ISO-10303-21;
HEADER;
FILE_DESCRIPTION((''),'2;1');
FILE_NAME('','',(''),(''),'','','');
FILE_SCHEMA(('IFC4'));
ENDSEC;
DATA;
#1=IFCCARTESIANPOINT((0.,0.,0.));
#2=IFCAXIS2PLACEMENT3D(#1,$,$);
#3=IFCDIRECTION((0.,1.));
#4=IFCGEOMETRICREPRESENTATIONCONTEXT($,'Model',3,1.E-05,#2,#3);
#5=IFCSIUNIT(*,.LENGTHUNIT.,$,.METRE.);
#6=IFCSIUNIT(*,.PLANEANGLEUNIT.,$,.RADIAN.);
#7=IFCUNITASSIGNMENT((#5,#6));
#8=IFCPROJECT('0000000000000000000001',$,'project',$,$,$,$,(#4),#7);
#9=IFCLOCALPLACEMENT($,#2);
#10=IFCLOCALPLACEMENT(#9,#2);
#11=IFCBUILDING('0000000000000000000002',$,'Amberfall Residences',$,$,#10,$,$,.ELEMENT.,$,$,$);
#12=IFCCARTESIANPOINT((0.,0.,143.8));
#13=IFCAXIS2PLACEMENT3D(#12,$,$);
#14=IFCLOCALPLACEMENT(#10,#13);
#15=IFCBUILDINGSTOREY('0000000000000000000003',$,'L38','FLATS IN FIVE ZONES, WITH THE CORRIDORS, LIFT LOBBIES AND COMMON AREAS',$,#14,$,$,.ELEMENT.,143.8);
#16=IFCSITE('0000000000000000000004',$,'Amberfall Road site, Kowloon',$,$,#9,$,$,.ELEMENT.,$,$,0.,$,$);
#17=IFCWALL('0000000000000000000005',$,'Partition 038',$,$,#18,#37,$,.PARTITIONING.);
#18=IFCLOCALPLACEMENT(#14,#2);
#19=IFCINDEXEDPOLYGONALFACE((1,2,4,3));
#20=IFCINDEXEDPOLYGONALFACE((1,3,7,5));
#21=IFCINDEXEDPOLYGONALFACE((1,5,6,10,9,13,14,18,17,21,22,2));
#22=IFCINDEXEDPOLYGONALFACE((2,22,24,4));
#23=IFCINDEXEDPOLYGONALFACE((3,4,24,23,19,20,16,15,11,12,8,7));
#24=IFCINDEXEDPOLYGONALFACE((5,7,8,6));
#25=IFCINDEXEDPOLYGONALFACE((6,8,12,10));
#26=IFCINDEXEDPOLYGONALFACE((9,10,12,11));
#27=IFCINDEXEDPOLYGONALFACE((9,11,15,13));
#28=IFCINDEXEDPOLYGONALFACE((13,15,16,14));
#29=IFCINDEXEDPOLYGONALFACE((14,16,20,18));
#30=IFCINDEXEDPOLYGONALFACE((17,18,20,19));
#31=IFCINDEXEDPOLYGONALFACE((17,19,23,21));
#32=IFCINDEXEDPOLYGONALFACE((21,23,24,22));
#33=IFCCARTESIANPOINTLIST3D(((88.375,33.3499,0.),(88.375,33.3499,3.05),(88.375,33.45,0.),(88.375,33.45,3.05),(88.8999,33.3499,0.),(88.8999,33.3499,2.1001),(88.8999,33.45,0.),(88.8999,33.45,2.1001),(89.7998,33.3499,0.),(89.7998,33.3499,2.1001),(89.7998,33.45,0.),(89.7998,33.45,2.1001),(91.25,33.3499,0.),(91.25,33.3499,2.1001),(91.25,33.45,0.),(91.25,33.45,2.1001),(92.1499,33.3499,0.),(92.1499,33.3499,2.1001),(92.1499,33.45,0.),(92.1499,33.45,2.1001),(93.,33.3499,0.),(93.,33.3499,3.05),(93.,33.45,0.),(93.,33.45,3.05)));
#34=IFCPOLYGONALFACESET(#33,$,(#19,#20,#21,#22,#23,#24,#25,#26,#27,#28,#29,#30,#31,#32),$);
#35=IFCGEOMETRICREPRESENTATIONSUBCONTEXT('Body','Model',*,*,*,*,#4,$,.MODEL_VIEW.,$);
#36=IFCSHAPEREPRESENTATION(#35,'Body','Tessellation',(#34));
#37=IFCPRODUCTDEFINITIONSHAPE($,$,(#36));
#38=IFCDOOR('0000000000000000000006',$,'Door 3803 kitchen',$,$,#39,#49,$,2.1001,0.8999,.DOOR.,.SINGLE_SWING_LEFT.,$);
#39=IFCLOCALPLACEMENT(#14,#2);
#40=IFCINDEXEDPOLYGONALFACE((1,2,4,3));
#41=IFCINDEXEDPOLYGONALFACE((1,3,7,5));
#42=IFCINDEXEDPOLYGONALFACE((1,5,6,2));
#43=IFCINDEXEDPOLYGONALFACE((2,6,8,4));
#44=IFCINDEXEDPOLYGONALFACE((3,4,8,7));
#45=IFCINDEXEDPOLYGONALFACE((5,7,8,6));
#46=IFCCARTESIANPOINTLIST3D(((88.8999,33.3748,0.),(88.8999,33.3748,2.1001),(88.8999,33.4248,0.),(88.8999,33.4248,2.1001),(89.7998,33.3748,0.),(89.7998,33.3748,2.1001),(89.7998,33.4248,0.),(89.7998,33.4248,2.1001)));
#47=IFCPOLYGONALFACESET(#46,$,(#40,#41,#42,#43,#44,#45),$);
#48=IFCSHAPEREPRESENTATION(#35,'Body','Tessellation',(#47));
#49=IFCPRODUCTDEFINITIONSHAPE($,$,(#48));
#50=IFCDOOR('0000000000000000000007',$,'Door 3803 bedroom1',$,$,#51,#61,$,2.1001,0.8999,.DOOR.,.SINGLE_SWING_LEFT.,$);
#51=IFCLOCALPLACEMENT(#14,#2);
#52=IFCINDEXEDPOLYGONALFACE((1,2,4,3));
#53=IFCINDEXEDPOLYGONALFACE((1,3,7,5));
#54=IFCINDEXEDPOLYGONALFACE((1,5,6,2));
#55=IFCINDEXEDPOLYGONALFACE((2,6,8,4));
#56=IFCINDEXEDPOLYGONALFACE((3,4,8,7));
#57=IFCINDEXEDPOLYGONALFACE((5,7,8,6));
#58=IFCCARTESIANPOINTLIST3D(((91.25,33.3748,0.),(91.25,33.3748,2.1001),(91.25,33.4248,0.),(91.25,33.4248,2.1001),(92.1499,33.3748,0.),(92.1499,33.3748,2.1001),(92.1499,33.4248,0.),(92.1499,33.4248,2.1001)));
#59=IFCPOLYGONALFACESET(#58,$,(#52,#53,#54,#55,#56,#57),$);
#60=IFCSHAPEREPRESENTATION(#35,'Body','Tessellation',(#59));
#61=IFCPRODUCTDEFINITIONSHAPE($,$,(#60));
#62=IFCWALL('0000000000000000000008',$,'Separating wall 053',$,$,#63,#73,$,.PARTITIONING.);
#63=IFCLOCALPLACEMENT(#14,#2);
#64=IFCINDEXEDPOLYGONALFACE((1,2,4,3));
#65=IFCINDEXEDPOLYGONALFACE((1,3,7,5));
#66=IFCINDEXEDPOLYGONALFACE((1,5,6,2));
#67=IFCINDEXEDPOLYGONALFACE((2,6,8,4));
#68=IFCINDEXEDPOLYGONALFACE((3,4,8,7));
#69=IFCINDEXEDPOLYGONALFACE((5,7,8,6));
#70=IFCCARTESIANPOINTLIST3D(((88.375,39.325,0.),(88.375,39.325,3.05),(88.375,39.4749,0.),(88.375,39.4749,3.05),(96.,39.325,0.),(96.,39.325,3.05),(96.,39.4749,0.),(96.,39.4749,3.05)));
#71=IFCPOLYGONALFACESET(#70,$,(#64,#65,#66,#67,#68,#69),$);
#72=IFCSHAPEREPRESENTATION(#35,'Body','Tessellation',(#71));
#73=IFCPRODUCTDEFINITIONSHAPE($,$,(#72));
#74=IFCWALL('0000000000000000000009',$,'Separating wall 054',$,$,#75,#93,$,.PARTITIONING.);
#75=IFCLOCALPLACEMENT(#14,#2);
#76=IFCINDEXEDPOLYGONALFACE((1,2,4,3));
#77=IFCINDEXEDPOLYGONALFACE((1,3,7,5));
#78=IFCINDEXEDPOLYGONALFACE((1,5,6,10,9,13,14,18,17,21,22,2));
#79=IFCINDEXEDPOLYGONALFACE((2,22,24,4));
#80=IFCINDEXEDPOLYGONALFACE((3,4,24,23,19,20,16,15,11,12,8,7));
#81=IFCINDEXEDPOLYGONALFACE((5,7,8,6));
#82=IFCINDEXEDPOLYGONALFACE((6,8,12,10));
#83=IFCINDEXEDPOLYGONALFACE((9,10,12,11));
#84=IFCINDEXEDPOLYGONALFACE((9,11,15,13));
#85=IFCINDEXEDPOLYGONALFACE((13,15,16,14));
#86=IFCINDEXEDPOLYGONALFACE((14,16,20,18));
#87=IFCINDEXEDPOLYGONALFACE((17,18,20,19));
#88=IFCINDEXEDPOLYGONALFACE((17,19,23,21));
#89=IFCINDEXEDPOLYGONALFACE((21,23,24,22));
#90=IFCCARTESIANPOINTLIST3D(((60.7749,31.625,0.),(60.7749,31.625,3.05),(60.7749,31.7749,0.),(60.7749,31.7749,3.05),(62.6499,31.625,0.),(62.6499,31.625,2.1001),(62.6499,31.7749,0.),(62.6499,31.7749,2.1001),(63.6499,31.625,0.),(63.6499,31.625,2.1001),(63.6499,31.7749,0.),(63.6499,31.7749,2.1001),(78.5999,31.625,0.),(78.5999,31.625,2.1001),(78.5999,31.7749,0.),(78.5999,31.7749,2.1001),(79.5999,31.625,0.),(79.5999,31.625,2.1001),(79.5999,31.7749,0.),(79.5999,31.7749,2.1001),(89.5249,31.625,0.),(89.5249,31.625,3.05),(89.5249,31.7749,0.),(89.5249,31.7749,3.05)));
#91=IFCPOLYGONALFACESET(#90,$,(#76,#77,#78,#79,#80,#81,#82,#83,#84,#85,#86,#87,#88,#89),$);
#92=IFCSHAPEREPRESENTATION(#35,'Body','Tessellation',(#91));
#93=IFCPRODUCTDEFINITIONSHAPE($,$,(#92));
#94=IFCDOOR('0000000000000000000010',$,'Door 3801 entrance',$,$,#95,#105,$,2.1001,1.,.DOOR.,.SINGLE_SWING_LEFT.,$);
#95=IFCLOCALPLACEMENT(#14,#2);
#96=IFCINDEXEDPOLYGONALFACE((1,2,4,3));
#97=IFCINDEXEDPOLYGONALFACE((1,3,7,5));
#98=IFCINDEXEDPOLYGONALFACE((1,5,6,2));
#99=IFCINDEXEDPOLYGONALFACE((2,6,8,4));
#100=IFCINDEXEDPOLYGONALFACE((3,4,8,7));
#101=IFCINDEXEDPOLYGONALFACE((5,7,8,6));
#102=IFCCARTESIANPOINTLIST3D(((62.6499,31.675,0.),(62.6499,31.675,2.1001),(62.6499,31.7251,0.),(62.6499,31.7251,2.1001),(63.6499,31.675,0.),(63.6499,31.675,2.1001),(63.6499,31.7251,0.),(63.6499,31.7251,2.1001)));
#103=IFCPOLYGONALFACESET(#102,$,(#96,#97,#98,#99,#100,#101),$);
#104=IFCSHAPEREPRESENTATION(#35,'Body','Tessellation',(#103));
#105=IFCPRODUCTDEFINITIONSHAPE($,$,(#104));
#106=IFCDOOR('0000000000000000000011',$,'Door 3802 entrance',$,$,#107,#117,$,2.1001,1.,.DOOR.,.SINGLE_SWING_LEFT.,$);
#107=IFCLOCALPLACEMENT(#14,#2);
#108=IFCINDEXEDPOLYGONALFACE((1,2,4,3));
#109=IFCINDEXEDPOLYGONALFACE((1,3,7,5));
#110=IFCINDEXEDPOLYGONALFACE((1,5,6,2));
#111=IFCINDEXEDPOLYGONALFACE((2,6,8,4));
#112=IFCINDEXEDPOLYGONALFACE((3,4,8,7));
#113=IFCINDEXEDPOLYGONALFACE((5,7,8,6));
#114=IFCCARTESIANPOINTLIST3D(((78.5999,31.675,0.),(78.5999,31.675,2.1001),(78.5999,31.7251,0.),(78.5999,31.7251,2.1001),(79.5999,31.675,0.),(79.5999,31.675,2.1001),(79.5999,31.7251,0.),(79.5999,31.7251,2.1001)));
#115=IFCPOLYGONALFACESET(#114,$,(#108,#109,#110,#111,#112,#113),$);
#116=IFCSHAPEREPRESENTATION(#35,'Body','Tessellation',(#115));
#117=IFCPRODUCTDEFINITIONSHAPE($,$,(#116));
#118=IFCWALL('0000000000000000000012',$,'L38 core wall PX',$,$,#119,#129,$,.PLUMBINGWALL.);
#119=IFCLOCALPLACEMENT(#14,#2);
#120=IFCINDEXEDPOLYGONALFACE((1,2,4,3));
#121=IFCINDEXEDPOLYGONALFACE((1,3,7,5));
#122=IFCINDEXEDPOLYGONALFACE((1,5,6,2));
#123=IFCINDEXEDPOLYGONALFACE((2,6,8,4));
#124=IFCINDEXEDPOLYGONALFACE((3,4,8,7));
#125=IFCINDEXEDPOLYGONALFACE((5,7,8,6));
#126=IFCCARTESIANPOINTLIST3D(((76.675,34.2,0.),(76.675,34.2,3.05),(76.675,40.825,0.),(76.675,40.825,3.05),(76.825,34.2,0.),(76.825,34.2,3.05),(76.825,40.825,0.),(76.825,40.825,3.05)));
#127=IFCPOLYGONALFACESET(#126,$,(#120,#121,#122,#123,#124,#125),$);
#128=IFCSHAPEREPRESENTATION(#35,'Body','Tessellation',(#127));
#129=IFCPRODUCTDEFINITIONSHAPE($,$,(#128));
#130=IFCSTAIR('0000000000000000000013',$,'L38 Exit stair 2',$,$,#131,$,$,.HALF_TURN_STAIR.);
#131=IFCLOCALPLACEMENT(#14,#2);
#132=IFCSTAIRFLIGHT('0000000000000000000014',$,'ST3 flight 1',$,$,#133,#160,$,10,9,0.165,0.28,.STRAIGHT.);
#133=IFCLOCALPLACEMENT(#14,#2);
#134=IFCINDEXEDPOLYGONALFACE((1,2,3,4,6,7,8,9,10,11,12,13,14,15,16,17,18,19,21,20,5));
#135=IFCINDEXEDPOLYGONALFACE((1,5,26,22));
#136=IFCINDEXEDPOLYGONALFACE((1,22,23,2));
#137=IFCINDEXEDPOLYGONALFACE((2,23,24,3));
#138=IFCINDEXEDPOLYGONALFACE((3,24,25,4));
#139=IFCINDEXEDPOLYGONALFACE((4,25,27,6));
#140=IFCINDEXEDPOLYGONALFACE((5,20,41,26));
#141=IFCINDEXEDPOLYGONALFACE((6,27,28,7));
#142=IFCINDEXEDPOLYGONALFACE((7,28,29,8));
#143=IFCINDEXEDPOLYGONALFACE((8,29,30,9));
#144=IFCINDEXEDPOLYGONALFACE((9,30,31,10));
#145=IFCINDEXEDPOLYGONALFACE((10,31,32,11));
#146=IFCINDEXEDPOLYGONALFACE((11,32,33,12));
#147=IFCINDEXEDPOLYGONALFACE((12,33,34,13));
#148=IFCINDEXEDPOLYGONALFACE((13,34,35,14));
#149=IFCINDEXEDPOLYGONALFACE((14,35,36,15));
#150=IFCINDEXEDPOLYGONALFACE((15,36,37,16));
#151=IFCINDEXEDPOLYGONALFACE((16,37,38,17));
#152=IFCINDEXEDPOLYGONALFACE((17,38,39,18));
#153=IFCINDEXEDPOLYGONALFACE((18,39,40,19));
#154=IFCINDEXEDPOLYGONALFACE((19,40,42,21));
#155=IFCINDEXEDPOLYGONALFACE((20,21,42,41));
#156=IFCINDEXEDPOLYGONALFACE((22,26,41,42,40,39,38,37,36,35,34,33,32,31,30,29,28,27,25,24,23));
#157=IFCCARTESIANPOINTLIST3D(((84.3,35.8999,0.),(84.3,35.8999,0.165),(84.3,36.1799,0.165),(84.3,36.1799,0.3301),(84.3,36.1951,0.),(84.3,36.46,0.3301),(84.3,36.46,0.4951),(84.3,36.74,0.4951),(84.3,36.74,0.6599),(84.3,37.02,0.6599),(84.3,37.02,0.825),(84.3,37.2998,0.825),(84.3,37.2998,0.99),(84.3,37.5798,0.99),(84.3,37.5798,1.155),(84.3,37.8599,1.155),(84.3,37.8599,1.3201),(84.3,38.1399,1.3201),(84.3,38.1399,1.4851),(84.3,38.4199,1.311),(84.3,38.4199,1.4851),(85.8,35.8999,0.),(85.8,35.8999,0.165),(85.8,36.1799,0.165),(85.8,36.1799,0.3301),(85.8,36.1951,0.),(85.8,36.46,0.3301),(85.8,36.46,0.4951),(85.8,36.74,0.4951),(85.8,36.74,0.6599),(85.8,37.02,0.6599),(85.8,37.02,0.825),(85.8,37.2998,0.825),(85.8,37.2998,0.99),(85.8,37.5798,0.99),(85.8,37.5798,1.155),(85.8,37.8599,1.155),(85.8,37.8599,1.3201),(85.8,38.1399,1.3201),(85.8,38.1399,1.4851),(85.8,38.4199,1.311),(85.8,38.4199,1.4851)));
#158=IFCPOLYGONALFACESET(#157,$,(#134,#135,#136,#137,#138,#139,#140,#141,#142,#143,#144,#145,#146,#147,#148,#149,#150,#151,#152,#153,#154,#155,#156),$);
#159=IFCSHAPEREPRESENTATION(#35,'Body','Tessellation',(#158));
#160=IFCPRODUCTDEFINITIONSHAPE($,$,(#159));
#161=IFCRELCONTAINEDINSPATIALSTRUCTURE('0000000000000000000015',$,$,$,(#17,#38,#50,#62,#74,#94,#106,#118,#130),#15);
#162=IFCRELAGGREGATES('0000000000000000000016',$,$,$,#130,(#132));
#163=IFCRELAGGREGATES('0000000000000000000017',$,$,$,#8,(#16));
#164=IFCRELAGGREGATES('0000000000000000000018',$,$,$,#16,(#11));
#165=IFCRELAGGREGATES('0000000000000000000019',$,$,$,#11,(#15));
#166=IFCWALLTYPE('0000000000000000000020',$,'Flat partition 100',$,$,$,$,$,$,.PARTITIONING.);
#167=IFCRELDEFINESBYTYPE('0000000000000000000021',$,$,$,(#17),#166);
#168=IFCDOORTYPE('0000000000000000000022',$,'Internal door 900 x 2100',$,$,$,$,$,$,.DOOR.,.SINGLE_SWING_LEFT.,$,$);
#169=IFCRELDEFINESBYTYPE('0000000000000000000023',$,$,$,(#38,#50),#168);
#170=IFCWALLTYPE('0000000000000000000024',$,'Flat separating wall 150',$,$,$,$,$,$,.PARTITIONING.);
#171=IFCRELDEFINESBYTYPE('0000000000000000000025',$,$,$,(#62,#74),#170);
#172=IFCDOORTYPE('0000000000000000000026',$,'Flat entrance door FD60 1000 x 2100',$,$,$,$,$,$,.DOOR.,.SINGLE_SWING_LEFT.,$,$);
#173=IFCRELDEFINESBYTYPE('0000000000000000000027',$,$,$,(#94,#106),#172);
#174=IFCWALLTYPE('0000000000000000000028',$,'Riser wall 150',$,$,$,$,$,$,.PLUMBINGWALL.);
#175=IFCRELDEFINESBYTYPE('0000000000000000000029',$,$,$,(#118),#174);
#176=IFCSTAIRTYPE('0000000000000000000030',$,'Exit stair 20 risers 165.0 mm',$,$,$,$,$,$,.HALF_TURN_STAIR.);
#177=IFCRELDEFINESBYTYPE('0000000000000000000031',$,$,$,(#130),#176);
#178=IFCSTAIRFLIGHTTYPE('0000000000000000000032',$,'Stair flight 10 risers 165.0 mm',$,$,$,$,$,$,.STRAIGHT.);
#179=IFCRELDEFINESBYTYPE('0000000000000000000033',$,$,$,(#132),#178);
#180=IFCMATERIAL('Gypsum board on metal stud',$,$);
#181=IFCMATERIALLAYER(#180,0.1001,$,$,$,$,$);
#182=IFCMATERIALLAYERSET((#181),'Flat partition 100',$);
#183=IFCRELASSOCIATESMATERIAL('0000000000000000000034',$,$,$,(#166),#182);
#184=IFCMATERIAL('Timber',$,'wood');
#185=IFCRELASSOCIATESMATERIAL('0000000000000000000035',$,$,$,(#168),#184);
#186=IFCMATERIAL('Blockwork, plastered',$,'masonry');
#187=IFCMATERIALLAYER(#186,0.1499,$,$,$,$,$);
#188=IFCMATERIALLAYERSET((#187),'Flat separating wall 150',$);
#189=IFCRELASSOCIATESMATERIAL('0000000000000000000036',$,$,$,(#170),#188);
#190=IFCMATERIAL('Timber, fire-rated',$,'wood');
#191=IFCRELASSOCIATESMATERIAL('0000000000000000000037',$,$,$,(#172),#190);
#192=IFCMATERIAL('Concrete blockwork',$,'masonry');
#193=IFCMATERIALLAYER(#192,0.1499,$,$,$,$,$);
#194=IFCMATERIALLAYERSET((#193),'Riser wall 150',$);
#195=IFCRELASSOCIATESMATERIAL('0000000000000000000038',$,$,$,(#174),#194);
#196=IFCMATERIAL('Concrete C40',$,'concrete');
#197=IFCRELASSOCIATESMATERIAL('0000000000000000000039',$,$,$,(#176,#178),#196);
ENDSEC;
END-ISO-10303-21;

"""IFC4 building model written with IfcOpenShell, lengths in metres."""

from ifc_helpers import new_model, si_unit, direction, frame, frame_2d, origin, place, context, subcontext, project, spatial, polyline, rectangle, outline, extrude, material, layer, layer_set, type_object, element, fill, aggregate, save


model = new_model("IFC4")

# Units and contexts
model_context = context("Model", 3, precision=1e-05, world=origin(), true_north=direction((0.0, 1.0)))
body_context = subcontext(model_context, "Body", "Model", "MODEL_VIEW")
ifc_project = project(units=[si_unit("LENGTHUNIT", "METRE"), si_unit("PLANEANGLEUNIT", "RADIAN")], contexts=[model_context])

# Site, building, storey
site_placement = place(None, origin())
site = spatial("IfcSite", under=ifc_project, at=site_placement, Name="Amberfall Road site, Kowloon", CompositionType="ELEMENT", RefElevation=0.0)
building_placement = place(site_placement, origin())
building = spatial("IfcBuilding", under=site, at=building_placement, Name="Amberfall Residences", CompositionType="ELEMENT")
storey_placement = place(building_placement, frame((0.0, 0.0, 143.8)))
storey = spatial("IfcBuildingStorey", under=building, at=storey_placement, Name="L38", Description="FLATS IN FIVE ZONES, WITH THE CORRIDORS, LIFT LOBBIES AND COMMON AREAS", CompositionType="ELEMENT", Elevation=143.8)

# Shared definitions
ifc_material_1 = material(Name="Gypsum board on metal stud")
ifc_layer_1 = layer(ifc_material_1, 0.1001)
ifc_layer_set_1 = layer_set([ifc_layer_1], Name="Flat partition 100")
wall_type_1 = type_object("IfcWallType", Name="Flat partition 100", PredefinedType="PARTITIONING", material=ifc_layer_set_1)
ifc_material_2 = material(Name="Timber", Category="wood")
door_type_1 = type_object("IfcDoorType", Name="Internal door 900 x 2100", OperationType="SINGLE_SWING_LEFT", PredefinedType="DOOR", material=ifc_material_2)

# Wall, openings, doors
wall_1_placement = place(storey_placement, frame((88.375, 33.3999, 0.0), z_axis=(0.0, 0.0, 1.0), x_axis=(1.0, 0.0, 0.0)))
wall_1 = element("IfcWall", 1, at=wall_1_placement, inside=storey, type_object=wall_type_1, Name="Partition 038", PredefinedType="PARTITIONING", context=body_context, shape_type="SweptSolid", body=[
    extrude(rectangle(XDim=4.625, YDim=0.1001, at=frame_2d((2.3125, 0.0))), origin(), (0.0, 0.0, 1.0), 3.05),
])
opening_1_placement = place(wall_1_placement, frame((0.5249, 0.0, 0.0)))
opening_1 = element("IfcOpeningElement", 2, at=opening_1_placement, cuts=wall_1, PredefinedType="OPENING", context=body_context, shape_type="SweptSolid", body=[
    extrude(rectangle(XDim=0.8999, YDim=2.1001, at=frame_2d((0.45, 1.05))), frame((0.0, 0.0601, 0.0), z_axis=(0.0, -1.0, 0.0), x_axis=(1.0, 0.0, 0.0)), (0.0, 0.0, 1.0), 0.1201),
])
opening_2_placement = place(wall_1_placement, frame((2.875, 0.0, 0.0)))
opening_2 = element("IfcOpeningElement", 3, at=opening_2_placement, cuts=wall_1, PredefinedType="OPENING", context=body_context, shape_type="SweptSolid", body=[
    extrude(rectangle(XDim=0.8999, YDim=2.1001, at=frame_2d((0.45, 1.05))), frame((0.0, 0.0601, 0.0), z_axis=(0.0, -1.0, 0.0), x_axis=(1.0, 0.0, 0.0)), (0.0, 0.0, 1.0), 0.1201),
])
door_1_placement = place(opening_1_placement, origin())
door_1 = element("IfcDoor", 4, at=door_1_placement, inside=storey, type_object=door_type_1, Name="Door 3803 kitchen", OperationType="SINGLE_SWING_LEFT", OverallHeight=2.1001, OverallWidth=0.8999, PredefinedType="DOOR", context=body_context, shape_type="SweptSolid", body=[
    extrude(rectangle(XDim=0.8999, YDim=2.1001, at=frame_2d((0.45, 1.05))), frame((0.0, 0.0249, 0.0), z_axis=(0.0, -1.0, 0.0), x_axis=(1.0, 0.0, 0.0)), (0.0, 0.0, 1.0), 0.05),
])
fill(opening_1, door_1)
door_2_placement = place(opening_2_placement, origin())
door_2 = element("IfcDoor", 5, at=door_2_placement, inside=storey, type_object=door_type_1, Name="Door 3803 bedroom1", OperationType="SINGLE_SWING_LEFT", OverallHeight=2.1001, OverallWidth=0.8999, PredefinedType="DOOR", context=body_context, shape_type="SweptSolid", body=[
    extrude(rectangle(XDim=0.8999, YDim=2.1001, at=frame_2d((0.45, 1.05))), frame((0.0, 0.0249, 0.0), z_axis=(0.0, -1.0, 0.0), x_axis=(1.0, 0.0, 0.0)), (0.0, 0.0, 1.0), 0.05),
])
fill(opening_2, door_2)

# Wall
ifc_material_3 = material(Name="Blockwork, plastered", Category="masonry")
ifc_layer_2 = layer(ifc_material_3, 0.1499)
ifc_layer_set_2 = layer_set([ifc_layer_2], Name="Flat separating wall 150")
wall_type_2 = type_object("IfcWallType", Name="Flat separating wall 150", PredefinedType="PARTITIONING", material=ifc_layer_set_2)
wall_2_placement = place(storey_placement, frame((88.375, 39.3999, 0.0), z_axis=(0.0, 0.0, 1.0), x_axis=(1.0, 0.0, 0.0)))
element("IfcWall", 6, at=wall_2_placement, inside=storey, type_object=wall_type_2, Name="Separating wall 053", PredefinedType="PARTITIONING", context=body_context, shape_type="SweptSolid", body=[
    extrude(rectangle(XDim=7.625, YDim=0.1499, at=frame_2d((3.8125, 0.0))), origin(), (0.0, 0.0, 1.0), 3.05),
])

# Wall, openings, doors
wall_3_placement = place(storey_placement, frame((89.5249, 31.7, 0.0), z_axis=(0.0, 0.0, 1.0), x_axis=(-1.0, 0.0, 0.0)))
wall_3 = element("IfcWall", 7, at=wall_3_placement, inside=storey, type_object=wall_type_2, Name="Separating wall 054", PredefinedType="PARTITIONING", context=body_context, shape_type="SweptSolid", body=[
    extrude(rectangle(XDim=28.75, YDim=0.1499, at=frame_2d((14.375, 0.0))), origin(), (0.0, 0.0, 1.0), 3.05),
])
opening_3_placement = place(wall_3_placement, frame((25.875, 0.0, 0.0)))
opening_3 = element("IfcOpeningElement", 8, at=opening_3_placement, cuts=wall_3, PredefinedType="OPENING", context=body_context, shape_type="SweptSolid", body=[
    extrude(rectangle(XDim=1.0, YDim=2.1001, at=frame_2d((0.5, 1.05))), frame((0.0, 0.085, 0.0), z_axis=(0.0, -1.0, 0.0), x_axis=(1.0, 0.0, 0.0)), (0.0, 0.0, 1.0), 0.1699),
])
opening_4_placement = place(wall_3_placement, frame((9.925, 0.0, 0.0)))
opening_4 = element("IfcOpeningElement", 9, at=opening_4_placement, cuts=wall_3, PredefinedType="OPENING", context=body_context, shape_type="SweptSolid", body=[
    extrude(rectangle(XDim=1.0, YDim=2.1001, at=frame_2d((0.5, 1.05))), frame((0.0, 0.085, 0.0), z_axis=(0.0, -1.0, 0.0), x_axis=(1.0, 0.0, 0.0)), (0.0, 0.0, 1.0), 0.1699),
])
ifc_material_4 = material(Name="Timber, fire-rated", Category="wood")
door_type_2 = type_object("IfcDoorType", Name="Flat entrance door FD60 1000 x 2100", OperationType="SINGLE_SWING_LEFT", PredefinedType="DOOR", material=ifc_material_4)
door_3_placement = place(opening_3_placement, origin())
door_3 = element("IfcDoor", 10, at=door_3_placement, inside=storey, type_object=door_type_2, Name="Door 3801 entrance", OperationType="SINGLE_SWING_LEFT", OverallHeight=2.1001, OverallWidth=1.0, PredefinedType="DOOR", context=body_context, shape_type="SweptSolid", body=[
    extrude(rectangle(XDim=1.0, YDim=2.1001, at=frame_2d((0.5, 1.05))), frame((0.0, 0.0249, 0.0), z_axis=(0.0, -1.0, 0.0), x_axis=(1.0, 0.0, 0.0)), (0.0, 0.0, 1.0), 0.05),
])
fill(opening_3, door_3)
door_4_placement = place(opening_4_placement, origin())
door_4 = element("IfcDoor", 11, at=door_4_placement, inside=storey, type_object=door_type_2, Name="Door 3802 entrance", OperationType="SINGLE_SWING_LEFT", OverallHeight=2.1001, OverallWidth=1.0, PredefinedType="DOOR", context=body_context, shape_type="SweptSolid", body=[
    extrude(rectangle(XDim=1.0, YDim=2.1001, at=frame_2d((0.5, 1.05))), frame((0.0, 0.0249, 0.0), z_axis=(0.0, -1.0, 0.0), x_axis=(1.0, 0.0, 0.0)), (0.0, 0.0, 1.0), 0.05),
])
fill(opening_4, door_4)

# Wall
ifc_material_5 = material(Name="Concrete blockwork", Category="masonry")
ifc_layer_3 = layer(ifc_material_5, 0.1499)
ifc_layer_set_3 = layer_set([ifc_layer_3], Name="Riser wall 150")
wall_type_3 = type_object("IfcWallType", Name="Riser wall 150", PredefinedType="PLUMBINGWALL", material=ifc_layer_set_3)
wall_4_placement = place(storey_placement, frame((76.75, 34.2, 0.0), z_axis=(0.0, 0.0, 1.0), x_axis=(0.0, 1.0, 0.0)))
element("IfcWall", 12, at=wall_4_placement, inside=storey, type_object=wall_type_3, Name="L38 core wall PX", PredefinedType="PLUMBINGWALL", context=body_context, shape_type="SweptSolid", body=[
    extrude(rectangle(XDim=6.625, YDim=0.1499, at=frame_2d((3.3125, 0.0))), origin(), (0.0, 0.0, 1.0), 3.05),
])

# Stair, stair flight
ifc_material_6 = material(Name="Concrete C40", Category="concrete")
stair_type = type_object("IfcStairType", Name="Exit stair 20 risers 165.0 mm", PredefinedType="HALF_TURN_STAIR", material=ifc_material_6)
stair_placement = place(storey_placement, origin())
stair = element("IfcStair", 13, at=stair_placement, inside=storey, type_object=stair_type, Name="L38 Exit stair 2", PredefinedType="HALF_TURN_STAIR")
stair_flight_type = type_object("IfcStairFlightType", Name="Stair flight 10 risers 165.0 mm", PredefinedType="STRAIGHT", material=ifc_material_6)
stair_flight_1_placement = place(storey_placement, frame((85.05, 35.8999, 0.0), z_axis=(0.0, 0.0, 1.0), x_axis=(0.0, 1.0, 0.0)))
stair_flight_1 = element("IfcStairFlight", 14, at=stair_flight_1_placement, type_object=stair_flight_type, Name="ST3 flight 1", NumberOfRisers=10, NumberOfTreads=9, PredefinedType="STRAIGHT", RiserHeight=0.165, TreadLength=0.28, context=body_context, shape_type="SweptSolid", body=[
    extrude(outline(polyline([(0.0, 0.0), (0.0, 0.165), (0.28, 0.165), (0.28, 0.3301), (0.5601, 0.3301), (0.5601, 0.4951), (0.8401, 0.4951), (0.8401, 0.6599), (1.1201, 0.6599), (1.1201, 0.825), (1.3999, 0.825), (1.3999, 0.99), (1.6799, 0.99), (1.6799, 1.155), (1.96, 1.155), (1.96, 1.3201), (2.24, 1.3201), (2.24, 1.4851), (2.52, 1.4851), (2.52, 1.6499), (2.52, 1.311), (0.2952, 0.0), (0.0, 0.0)])), frame((0.0, 0.75, 0.0), z_axis=(0.0, -1.0, 0.0), x_axis=(1.0, 0.0, 0.0)), (0.0, 0.0, 1.0), 1.5),
])
aggregate(stair, [stair_flight_1])

save(model, "model.ifc")
